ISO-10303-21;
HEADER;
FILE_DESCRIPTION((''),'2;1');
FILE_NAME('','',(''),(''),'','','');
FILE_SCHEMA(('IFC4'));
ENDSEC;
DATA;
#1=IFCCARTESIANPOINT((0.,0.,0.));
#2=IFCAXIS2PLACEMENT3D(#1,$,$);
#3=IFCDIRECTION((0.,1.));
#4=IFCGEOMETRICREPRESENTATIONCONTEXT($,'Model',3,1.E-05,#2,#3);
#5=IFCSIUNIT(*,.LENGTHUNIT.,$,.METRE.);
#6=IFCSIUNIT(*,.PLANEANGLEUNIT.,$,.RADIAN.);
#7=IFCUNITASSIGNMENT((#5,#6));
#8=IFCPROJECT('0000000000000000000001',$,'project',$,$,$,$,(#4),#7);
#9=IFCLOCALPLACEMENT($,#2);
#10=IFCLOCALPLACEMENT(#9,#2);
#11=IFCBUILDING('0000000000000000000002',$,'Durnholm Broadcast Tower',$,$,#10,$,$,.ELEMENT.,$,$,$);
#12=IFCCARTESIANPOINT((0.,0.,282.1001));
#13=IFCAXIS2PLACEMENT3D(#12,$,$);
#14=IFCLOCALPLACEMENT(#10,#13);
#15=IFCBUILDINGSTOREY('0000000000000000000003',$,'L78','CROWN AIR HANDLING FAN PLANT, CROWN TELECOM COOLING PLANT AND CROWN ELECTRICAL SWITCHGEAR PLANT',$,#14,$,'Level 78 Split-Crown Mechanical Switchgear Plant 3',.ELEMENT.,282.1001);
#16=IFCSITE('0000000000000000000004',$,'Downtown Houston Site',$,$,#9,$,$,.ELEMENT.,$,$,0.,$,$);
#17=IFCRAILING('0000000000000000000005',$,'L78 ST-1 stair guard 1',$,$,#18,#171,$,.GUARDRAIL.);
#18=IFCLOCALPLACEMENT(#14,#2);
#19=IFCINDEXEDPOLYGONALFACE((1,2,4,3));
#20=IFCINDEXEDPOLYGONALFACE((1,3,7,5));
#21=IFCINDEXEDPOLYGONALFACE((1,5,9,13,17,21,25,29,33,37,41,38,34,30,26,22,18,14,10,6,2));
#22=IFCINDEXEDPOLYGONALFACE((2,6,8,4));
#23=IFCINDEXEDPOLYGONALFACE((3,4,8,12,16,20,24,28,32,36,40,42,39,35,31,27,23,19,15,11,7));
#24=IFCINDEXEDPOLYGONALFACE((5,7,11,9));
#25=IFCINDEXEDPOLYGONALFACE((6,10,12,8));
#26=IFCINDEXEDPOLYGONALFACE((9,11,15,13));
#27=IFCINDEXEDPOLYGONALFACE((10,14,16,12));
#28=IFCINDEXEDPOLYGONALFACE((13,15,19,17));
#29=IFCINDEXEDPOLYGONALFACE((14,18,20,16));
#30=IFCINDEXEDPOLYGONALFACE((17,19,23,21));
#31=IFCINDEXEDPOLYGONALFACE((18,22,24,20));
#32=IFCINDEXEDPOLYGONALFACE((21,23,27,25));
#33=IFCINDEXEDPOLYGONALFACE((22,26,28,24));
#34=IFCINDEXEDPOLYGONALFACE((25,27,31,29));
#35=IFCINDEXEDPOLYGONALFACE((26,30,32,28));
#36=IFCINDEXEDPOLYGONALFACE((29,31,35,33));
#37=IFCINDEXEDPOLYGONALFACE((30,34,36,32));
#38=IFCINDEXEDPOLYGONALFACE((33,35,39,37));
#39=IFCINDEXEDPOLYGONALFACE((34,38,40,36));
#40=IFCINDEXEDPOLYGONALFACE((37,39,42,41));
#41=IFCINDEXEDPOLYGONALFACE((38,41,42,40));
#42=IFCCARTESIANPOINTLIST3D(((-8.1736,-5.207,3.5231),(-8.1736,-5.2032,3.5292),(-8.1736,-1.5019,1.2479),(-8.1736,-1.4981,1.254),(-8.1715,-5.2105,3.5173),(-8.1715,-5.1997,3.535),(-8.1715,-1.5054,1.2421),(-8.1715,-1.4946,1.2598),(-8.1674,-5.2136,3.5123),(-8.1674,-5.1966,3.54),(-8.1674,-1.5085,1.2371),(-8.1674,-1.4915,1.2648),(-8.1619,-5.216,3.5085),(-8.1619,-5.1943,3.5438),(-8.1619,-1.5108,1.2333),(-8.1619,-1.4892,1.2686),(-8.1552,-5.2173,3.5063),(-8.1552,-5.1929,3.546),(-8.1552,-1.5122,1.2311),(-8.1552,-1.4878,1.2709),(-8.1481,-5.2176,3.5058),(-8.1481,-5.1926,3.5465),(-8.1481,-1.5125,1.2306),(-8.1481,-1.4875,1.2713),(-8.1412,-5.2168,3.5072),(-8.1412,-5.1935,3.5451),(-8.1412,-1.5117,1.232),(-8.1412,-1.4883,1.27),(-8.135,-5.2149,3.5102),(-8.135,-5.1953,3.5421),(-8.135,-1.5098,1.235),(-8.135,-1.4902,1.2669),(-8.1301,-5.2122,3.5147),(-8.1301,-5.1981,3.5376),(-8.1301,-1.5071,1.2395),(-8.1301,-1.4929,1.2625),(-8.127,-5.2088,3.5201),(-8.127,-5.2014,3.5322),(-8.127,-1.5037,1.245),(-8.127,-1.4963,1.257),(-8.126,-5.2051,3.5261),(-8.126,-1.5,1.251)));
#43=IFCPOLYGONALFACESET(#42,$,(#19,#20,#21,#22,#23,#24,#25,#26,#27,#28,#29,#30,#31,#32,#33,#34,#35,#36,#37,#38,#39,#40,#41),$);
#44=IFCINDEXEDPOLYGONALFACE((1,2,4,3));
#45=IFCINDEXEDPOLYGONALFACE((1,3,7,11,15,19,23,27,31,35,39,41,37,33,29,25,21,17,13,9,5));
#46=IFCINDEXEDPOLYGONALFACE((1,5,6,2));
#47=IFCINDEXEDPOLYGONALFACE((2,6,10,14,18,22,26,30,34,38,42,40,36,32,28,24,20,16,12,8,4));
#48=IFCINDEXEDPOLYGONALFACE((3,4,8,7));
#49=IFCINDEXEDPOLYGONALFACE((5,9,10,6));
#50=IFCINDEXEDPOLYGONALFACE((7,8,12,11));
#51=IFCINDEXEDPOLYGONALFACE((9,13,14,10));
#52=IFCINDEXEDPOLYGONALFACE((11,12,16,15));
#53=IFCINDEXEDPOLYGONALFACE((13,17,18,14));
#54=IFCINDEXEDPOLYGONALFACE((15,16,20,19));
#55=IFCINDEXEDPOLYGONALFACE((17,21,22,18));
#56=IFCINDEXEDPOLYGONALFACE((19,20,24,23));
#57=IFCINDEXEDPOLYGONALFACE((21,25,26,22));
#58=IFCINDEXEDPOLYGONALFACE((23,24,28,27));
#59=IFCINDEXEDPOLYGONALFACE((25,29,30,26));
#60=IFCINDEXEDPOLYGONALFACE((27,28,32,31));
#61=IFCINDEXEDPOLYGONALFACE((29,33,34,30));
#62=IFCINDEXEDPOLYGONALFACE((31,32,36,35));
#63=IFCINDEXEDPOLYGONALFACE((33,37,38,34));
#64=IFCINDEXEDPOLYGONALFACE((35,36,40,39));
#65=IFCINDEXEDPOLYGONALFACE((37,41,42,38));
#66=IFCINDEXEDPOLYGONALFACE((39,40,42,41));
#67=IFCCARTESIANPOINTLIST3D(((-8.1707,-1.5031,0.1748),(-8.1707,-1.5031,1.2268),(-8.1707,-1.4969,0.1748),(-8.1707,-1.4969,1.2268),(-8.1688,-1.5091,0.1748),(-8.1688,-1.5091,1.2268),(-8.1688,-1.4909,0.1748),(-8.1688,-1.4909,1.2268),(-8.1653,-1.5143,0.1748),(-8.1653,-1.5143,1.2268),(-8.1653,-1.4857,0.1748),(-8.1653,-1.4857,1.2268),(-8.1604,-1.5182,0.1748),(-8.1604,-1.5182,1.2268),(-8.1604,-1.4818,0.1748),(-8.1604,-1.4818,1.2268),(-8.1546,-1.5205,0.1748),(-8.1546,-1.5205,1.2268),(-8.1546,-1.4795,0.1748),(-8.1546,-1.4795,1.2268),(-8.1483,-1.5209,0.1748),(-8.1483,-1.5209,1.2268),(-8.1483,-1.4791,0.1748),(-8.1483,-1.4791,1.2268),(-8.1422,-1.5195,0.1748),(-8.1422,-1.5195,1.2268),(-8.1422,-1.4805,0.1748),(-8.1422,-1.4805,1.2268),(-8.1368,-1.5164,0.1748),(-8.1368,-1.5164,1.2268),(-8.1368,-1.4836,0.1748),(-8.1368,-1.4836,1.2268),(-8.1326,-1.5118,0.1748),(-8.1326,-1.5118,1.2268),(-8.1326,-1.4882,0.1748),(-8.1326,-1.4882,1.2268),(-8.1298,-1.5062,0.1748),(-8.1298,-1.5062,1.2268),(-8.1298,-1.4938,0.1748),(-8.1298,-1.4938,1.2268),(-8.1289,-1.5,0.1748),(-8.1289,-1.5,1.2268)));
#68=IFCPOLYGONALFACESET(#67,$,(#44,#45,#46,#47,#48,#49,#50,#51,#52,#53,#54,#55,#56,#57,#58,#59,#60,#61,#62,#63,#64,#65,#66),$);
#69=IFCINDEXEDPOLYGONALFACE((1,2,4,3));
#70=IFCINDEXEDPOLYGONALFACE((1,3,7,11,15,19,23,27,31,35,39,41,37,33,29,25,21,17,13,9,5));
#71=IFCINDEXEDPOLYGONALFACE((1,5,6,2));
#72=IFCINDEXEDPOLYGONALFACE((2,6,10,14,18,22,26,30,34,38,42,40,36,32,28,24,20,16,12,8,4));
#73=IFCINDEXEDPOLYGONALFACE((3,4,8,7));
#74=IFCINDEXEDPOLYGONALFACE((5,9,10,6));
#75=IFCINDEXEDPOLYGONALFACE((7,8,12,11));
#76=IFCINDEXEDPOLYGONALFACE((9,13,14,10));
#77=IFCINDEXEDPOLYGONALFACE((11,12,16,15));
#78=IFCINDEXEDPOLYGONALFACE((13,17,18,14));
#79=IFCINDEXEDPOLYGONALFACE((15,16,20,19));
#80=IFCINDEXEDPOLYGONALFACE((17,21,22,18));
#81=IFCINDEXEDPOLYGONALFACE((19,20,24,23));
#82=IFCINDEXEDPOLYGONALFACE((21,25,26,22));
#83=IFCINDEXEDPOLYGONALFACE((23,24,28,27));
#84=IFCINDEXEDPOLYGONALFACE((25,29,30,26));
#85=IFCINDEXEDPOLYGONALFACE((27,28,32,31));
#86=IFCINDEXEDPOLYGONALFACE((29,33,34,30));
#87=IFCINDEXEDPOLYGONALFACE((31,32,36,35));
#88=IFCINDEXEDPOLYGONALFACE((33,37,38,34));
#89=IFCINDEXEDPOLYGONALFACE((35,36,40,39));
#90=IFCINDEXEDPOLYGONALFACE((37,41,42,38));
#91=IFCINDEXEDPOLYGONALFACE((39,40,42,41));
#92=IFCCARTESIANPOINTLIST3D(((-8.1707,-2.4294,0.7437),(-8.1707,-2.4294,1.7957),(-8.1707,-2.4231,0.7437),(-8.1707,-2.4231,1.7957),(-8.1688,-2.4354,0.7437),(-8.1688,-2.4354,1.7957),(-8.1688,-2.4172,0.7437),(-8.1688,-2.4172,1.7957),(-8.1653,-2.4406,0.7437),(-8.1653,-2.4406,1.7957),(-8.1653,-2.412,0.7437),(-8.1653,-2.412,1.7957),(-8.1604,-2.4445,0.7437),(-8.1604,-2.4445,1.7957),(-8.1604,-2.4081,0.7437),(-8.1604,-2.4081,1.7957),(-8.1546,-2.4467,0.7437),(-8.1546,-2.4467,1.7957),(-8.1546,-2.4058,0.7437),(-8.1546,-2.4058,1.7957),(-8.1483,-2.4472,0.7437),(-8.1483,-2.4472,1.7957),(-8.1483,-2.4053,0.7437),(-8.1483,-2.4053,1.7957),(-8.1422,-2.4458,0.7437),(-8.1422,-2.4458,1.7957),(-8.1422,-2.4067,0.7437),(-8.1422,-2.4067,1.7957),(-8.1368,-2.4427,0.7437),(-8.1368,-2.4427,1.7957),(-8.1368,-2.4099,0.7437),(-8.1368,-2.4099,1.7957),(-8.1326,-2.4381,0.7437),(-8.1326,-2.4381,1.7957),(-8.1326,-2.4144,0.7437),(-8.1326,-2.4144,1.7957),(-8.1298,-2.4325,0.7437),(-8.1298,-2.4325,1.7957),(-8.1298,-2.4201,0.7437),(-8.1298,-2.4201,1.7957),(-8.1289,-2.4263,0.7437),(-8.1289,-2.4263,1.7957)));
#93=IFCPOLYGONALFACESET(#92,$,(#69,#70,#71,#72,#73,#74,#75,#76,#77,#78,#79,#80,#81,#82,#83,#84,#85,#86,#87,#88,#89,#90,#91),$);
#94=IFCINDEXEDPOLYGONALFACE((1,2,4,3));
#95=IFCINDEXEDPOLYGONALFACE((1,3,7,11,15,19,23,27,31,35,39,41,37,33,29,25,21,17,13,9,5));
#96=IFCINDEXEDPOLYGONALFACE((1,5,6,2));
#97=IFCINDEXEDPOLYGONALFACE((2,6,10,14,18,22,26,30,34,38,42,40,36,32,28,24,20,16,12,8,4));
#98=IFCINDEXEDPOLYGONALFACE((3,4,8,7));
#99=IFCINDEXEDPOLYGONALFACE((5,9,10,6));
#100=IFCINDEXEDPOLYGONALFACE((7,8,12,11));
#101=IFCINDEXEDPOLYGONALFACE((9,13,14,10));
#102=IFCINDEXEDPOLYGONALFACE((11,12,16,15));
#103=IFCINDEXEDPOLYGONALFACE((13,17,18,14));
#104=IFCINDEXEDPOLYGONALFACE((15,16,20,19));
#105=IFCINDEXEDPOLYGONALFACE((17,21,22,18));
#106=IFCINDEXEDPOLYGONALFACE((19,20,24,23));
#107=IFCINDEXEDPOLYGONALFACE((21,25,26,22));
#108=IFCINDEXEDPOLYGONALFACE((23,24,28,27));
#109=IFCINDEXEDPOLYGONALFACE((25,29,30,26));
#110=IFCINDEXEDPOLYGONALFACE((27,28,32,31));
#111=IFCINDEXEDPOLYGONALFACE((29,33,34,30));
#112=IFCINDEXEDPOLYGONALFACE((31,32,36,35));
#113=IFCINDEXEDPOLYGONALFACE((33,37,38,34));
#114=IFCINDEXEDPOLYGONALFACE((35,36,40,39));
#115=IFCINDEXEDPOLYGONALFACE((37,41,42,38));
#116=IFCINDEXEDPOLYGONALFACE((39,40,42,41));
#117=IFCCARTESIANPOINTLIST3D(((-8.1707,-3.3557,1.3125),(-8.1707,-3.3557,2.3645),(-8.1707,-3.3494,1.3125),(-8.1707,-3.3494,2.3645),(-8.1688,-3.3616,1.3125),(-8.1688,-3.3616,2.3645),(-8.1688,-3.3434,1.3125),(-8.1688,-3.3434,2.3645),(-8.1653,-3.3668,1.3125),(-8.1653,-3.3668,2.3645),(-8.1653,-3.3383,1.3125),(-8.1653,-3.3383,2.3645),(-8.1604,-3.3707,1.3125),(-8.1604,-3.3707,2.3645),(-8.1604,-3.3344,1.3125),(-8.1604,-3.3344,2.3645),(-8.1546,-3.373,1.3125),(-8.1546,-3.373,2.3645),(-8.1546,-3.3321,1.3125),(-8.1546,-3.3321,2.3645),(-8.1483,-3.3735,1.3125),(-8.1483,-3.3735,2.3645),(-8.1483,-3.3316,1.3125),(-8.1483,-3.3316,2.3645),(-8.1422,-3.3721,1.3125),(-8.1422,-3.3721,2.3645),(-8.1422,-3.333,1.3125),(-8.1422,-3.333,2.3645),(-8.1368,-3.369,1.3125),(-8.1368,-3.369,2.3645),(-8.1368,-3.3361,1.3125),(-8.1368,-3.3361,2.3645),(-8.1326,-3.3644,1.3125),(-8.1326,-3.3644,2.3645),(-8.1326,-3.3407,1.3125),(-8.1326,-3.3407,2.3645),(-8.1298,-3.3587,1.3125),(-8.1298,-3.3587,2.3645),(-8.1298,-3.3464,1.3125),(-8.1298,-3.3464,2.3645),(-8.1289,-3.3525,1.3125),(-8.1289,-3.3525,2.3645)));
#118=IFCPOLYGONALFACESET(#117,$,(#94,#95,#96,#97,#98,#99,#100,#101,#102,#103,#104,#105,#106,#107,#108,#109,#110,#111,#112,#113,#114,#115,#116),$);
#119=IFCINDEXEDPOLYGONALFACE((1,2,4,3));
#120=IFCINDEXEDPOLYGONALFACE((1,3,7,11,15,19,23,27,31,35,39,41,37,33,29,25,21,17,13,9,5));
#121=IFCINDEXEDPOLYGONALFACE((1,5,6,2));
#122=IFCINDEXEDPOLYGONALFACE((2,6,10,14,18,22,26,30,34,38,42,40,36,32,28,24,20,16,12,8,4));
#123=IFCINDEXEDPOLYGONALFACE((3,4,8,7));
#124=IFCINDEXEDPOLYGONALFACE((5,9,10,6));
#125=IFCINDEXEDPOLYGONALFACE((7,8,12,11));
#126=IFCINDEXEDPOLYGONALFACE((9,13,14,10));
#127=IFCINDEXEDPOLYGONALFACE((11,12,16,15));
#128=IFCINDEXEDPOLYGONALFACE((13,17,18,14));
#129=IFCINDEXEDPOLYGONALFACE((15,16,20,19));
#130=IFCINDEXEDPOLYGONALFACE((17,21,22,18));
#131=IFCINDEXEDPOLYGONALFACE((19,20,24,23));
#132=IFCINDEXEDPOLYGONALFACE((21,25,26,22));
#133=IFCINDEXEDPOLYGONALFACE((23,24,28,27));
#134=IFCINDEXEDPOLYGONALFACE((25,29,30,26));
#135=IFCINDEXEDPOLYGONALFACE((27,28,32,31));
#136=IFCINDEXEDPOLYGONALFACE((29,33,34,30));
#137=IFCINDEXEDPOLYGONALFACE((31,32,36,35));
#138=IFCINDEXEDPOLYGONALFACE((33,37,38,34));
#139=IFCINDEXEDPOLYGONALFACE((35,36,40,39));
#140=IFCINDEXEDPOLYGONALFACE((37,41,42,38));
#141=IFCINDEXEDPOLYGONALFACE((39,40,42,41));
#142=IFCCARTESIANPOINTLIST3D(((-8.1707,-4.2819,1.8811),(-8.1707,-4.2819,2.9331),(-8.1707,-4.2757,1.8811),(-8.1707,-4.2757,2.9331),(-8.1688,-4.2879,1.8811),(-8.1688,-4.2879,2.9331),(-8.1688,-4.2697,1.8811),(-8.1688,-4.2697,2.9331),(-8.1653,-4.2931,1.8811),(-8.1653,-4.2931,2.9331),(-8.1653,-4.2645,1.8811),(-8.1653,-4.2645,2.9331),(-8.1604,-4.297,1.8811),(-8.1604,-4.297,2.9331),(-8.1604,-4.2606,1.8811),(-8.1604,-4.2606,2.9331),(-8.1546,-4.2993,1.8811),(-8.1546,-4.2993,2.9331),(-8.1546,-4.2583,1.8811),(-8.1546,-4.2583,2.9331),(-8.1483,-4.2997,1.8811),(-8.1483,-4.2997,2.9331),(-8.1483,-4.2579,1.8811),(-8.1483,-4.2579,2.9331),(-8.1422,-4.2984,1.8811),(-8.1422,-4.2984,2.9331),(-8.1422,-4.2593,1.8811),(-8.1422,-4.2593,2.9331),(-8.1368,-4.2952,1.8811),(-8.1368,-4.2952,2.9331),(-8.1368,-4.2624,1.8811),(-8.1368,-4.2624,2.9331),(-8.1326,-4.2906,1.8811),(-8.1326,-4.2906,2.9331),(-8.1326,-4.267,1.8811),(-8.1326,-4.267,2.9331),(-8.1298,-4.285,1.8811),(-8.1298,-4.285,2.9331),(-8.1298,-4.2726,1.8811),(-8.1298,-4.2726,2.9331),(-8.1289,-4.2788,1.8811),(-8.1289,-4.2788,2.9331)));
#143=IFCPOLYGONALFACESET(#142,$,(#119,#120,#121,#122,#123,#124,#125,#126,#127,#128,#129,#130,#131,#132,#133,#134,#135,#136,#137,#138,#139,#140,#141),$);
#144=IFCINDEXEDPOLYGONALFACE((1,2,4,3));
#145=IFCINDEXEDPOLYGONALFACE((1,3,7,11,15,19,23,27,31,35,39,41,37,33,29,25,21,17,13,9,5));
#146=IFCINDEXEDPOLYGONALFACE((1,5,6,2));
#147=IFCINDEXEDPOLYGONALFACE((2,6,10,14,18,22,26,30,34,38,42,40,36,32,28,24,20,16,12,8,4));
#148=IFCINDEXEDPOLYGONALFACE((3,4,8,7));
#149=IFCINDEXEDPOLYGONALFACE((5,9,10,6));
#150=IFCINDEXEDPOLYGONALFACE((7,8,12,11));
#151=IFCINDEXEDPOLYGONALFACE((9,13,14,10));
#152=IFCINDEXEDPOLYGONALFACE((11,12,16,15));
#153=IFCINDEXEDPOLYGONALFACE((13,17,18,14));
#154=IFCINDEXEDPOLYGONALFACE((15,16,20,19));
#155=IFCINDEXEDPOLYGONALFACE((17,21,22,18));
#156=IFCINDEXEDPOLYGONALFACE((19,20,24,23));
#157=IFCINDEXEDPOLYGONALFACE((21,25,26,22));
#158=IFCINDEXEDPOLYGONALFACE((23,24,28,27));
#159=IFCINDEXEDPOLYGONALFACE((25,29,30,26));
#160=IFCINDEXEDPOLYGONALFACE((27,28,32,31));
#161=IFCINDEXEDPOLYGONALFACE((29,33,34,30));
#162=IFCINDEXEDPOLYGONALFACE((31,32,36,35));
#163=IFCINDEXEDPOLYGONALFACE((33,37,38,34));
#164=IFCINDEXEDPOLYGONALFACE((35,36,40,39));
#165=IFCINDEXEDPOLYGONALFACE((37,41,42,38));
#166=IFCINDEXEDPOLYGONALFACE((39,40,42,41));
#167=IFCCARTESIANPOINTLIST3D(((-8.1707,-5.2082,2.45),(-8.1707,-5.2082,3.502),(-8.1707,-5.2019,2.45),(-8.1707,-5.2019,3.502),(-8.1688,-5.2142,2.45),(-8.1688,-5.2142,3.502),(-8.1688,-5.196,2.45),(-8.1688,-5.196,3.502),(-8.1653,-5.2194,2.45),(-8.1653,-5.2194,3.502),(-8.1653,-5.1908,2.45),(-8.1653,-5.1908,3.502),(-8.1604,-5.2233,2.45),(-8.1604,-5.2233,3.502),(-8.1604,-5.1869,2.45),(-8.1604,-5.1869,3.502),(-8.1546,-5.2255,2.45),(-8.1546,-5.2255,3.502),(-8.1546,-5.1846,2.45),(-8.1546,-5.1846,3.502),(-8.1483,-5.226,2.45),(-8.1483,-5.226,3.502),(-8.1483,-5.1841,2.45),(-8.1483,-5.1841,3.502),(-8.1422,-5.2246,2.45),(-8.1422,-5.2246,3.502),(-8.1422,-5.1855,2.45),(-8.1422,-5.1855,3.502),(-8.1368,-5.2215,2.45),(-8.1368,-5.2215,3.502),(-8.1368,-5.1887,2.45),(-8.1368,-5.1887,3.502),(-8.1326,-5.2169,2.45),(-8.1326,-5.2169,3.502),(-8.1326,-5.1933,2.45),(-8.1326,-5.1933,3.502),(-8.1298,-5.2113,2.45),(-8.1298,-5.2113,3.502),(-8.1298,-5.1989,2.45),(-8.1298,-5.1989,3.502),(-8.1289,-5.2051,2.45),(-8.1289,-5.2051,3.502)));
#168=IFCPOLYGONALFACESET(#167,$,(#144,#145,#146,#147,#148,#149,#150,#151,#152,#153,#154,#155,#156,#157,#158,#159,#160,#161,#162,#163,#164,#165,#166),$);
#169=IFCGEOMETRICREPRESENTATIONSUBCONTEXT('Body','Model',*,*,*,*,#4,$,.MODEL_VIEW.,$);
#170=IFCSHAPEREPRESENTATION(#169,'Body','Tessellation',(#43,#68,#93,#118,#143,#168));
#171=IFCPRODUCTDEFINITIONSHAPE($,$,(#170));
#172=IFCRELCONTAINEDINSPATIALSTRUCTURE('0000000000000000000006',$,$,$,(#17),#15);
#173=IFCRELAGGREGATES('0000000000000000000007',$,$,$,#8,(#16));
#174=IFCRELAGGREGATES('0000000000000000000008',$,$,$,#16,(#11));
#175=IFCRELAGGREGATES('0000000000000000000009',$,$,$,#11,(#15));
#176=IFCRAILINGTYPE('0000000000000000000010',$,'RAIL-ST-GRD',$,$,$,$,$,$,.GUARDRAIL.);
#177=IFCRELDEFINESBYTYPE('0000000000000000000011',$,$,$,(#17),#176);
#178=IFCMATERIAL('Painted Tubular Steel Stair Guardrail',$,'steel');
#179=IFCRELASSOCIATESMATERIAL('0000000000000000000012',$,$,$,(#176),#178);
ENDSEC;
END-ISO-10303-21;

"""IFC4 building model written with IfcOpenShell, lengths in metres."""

from ifc_helpers import new_model, si_unit, direction, frame, origin, origin_2d, place, context, subcontext, project, spatial, circle, extrude, material, type_object, element, save


model = new_model("IFC4")

# Units and contexts
model_context = context("Model", 3, precision=1e-05, world=origin(), true_north=direction((0.0, 1.0)))
body_context = subcontext(model_context, "Body", "Model", "MODEL_VIEW")
ifc_project = project(units=[si_unit("LENGTHUNIT", "METRE"), si_unit("PLANEANGLEUNIT", "RADIAN")], contexts=[model_context])

# Site, building, storey
site_placement = place(None, origin())
site = spatial("IfcSite", under=ifc_project, at=site_placement, Name="Downtown Houston Site", CompositionType="ELEMENT", RefElevation=0.0)
building_placement = place(site_placement, origin())
building = spatial("IfcBuilding", under=site, at=building_placement, Name="Durnholm Broadcast Tower", CompositionType="ELEMENT")
storey_placement = place(building_placement, frame((0.0, 0.0, 282.1001)))
storey = spatial("IfcBuildingStorey", under=building, at=storey_placement, Name="L78", Description="CROWN AIR HANDLING FAN PLANT, CROWN TELECOM COOLING PLANT AND CROWN ELECTRICAL SWITCHGEAR PLANT", LongName="Level 78 Split-Crown Mechanical Switchgear Plant 3", CompositionType="ELEMENT", Elevation=282.1001)

# Railing
ifc_material_1 = material(Name="Painted Tubular Steel Stair Guardrail", Category="steel")
railing_type_1 = type_object("IfcRailingType", Name="RAIL-ST-GRD", PredefinedType="GUARDRAIL", material=ifc_material_1)
railing_1_placement = place(storey_placement, frame((-8.1499, -1.5, 0.1748)))
element("IfcRailing", 1, at=railing_1_placement, inside=storey, type_object=railing_type_1, Name="L78 ST-1 stair guard 1", PredefinedType="GUARDRAIL", context=body_context, shape_type="SweptSolid", body=[
    extrude(circle(Radius=0.0239, at=origin_2d()), frame((0.0, 0.0, 1.0762), z_axis=(0.0, -0.852161, 0.523279), x_axis=(1.0, 0.0, 0.0)), (0.0, 0.0, 1.0), 4.3479),
    extrude(circle(Radius=0.021, at=origin_2d()), origin(), (0.0, 0.0, 1.0), 1.052),
    extrude(circle(Radius=0.021, at=origin_2d()), frame((0.0, -0.9263, 0.5688)), (0.0, 0.0, 1.0), 1.052),
    extrude(circle(Radius=0.021, at=origin_2d()), frame((0.0, -1.8525, 1.1377)), (0.0, 0.0, 1.0), 1.052),
    extrude(circle(Radius=0.021, at=origin_2d()), frame((0.0, -2.7788, 1.7063)), (0.0, 0.0, 1.0), 1.052),
    extrude(circle(Radius=0.021, at=origin_2d()), frame((0.0, -3.7051, 2.2751)), (0.0, 0.0, 1.0), 1.052),
])

save(model, "model.ifc")
